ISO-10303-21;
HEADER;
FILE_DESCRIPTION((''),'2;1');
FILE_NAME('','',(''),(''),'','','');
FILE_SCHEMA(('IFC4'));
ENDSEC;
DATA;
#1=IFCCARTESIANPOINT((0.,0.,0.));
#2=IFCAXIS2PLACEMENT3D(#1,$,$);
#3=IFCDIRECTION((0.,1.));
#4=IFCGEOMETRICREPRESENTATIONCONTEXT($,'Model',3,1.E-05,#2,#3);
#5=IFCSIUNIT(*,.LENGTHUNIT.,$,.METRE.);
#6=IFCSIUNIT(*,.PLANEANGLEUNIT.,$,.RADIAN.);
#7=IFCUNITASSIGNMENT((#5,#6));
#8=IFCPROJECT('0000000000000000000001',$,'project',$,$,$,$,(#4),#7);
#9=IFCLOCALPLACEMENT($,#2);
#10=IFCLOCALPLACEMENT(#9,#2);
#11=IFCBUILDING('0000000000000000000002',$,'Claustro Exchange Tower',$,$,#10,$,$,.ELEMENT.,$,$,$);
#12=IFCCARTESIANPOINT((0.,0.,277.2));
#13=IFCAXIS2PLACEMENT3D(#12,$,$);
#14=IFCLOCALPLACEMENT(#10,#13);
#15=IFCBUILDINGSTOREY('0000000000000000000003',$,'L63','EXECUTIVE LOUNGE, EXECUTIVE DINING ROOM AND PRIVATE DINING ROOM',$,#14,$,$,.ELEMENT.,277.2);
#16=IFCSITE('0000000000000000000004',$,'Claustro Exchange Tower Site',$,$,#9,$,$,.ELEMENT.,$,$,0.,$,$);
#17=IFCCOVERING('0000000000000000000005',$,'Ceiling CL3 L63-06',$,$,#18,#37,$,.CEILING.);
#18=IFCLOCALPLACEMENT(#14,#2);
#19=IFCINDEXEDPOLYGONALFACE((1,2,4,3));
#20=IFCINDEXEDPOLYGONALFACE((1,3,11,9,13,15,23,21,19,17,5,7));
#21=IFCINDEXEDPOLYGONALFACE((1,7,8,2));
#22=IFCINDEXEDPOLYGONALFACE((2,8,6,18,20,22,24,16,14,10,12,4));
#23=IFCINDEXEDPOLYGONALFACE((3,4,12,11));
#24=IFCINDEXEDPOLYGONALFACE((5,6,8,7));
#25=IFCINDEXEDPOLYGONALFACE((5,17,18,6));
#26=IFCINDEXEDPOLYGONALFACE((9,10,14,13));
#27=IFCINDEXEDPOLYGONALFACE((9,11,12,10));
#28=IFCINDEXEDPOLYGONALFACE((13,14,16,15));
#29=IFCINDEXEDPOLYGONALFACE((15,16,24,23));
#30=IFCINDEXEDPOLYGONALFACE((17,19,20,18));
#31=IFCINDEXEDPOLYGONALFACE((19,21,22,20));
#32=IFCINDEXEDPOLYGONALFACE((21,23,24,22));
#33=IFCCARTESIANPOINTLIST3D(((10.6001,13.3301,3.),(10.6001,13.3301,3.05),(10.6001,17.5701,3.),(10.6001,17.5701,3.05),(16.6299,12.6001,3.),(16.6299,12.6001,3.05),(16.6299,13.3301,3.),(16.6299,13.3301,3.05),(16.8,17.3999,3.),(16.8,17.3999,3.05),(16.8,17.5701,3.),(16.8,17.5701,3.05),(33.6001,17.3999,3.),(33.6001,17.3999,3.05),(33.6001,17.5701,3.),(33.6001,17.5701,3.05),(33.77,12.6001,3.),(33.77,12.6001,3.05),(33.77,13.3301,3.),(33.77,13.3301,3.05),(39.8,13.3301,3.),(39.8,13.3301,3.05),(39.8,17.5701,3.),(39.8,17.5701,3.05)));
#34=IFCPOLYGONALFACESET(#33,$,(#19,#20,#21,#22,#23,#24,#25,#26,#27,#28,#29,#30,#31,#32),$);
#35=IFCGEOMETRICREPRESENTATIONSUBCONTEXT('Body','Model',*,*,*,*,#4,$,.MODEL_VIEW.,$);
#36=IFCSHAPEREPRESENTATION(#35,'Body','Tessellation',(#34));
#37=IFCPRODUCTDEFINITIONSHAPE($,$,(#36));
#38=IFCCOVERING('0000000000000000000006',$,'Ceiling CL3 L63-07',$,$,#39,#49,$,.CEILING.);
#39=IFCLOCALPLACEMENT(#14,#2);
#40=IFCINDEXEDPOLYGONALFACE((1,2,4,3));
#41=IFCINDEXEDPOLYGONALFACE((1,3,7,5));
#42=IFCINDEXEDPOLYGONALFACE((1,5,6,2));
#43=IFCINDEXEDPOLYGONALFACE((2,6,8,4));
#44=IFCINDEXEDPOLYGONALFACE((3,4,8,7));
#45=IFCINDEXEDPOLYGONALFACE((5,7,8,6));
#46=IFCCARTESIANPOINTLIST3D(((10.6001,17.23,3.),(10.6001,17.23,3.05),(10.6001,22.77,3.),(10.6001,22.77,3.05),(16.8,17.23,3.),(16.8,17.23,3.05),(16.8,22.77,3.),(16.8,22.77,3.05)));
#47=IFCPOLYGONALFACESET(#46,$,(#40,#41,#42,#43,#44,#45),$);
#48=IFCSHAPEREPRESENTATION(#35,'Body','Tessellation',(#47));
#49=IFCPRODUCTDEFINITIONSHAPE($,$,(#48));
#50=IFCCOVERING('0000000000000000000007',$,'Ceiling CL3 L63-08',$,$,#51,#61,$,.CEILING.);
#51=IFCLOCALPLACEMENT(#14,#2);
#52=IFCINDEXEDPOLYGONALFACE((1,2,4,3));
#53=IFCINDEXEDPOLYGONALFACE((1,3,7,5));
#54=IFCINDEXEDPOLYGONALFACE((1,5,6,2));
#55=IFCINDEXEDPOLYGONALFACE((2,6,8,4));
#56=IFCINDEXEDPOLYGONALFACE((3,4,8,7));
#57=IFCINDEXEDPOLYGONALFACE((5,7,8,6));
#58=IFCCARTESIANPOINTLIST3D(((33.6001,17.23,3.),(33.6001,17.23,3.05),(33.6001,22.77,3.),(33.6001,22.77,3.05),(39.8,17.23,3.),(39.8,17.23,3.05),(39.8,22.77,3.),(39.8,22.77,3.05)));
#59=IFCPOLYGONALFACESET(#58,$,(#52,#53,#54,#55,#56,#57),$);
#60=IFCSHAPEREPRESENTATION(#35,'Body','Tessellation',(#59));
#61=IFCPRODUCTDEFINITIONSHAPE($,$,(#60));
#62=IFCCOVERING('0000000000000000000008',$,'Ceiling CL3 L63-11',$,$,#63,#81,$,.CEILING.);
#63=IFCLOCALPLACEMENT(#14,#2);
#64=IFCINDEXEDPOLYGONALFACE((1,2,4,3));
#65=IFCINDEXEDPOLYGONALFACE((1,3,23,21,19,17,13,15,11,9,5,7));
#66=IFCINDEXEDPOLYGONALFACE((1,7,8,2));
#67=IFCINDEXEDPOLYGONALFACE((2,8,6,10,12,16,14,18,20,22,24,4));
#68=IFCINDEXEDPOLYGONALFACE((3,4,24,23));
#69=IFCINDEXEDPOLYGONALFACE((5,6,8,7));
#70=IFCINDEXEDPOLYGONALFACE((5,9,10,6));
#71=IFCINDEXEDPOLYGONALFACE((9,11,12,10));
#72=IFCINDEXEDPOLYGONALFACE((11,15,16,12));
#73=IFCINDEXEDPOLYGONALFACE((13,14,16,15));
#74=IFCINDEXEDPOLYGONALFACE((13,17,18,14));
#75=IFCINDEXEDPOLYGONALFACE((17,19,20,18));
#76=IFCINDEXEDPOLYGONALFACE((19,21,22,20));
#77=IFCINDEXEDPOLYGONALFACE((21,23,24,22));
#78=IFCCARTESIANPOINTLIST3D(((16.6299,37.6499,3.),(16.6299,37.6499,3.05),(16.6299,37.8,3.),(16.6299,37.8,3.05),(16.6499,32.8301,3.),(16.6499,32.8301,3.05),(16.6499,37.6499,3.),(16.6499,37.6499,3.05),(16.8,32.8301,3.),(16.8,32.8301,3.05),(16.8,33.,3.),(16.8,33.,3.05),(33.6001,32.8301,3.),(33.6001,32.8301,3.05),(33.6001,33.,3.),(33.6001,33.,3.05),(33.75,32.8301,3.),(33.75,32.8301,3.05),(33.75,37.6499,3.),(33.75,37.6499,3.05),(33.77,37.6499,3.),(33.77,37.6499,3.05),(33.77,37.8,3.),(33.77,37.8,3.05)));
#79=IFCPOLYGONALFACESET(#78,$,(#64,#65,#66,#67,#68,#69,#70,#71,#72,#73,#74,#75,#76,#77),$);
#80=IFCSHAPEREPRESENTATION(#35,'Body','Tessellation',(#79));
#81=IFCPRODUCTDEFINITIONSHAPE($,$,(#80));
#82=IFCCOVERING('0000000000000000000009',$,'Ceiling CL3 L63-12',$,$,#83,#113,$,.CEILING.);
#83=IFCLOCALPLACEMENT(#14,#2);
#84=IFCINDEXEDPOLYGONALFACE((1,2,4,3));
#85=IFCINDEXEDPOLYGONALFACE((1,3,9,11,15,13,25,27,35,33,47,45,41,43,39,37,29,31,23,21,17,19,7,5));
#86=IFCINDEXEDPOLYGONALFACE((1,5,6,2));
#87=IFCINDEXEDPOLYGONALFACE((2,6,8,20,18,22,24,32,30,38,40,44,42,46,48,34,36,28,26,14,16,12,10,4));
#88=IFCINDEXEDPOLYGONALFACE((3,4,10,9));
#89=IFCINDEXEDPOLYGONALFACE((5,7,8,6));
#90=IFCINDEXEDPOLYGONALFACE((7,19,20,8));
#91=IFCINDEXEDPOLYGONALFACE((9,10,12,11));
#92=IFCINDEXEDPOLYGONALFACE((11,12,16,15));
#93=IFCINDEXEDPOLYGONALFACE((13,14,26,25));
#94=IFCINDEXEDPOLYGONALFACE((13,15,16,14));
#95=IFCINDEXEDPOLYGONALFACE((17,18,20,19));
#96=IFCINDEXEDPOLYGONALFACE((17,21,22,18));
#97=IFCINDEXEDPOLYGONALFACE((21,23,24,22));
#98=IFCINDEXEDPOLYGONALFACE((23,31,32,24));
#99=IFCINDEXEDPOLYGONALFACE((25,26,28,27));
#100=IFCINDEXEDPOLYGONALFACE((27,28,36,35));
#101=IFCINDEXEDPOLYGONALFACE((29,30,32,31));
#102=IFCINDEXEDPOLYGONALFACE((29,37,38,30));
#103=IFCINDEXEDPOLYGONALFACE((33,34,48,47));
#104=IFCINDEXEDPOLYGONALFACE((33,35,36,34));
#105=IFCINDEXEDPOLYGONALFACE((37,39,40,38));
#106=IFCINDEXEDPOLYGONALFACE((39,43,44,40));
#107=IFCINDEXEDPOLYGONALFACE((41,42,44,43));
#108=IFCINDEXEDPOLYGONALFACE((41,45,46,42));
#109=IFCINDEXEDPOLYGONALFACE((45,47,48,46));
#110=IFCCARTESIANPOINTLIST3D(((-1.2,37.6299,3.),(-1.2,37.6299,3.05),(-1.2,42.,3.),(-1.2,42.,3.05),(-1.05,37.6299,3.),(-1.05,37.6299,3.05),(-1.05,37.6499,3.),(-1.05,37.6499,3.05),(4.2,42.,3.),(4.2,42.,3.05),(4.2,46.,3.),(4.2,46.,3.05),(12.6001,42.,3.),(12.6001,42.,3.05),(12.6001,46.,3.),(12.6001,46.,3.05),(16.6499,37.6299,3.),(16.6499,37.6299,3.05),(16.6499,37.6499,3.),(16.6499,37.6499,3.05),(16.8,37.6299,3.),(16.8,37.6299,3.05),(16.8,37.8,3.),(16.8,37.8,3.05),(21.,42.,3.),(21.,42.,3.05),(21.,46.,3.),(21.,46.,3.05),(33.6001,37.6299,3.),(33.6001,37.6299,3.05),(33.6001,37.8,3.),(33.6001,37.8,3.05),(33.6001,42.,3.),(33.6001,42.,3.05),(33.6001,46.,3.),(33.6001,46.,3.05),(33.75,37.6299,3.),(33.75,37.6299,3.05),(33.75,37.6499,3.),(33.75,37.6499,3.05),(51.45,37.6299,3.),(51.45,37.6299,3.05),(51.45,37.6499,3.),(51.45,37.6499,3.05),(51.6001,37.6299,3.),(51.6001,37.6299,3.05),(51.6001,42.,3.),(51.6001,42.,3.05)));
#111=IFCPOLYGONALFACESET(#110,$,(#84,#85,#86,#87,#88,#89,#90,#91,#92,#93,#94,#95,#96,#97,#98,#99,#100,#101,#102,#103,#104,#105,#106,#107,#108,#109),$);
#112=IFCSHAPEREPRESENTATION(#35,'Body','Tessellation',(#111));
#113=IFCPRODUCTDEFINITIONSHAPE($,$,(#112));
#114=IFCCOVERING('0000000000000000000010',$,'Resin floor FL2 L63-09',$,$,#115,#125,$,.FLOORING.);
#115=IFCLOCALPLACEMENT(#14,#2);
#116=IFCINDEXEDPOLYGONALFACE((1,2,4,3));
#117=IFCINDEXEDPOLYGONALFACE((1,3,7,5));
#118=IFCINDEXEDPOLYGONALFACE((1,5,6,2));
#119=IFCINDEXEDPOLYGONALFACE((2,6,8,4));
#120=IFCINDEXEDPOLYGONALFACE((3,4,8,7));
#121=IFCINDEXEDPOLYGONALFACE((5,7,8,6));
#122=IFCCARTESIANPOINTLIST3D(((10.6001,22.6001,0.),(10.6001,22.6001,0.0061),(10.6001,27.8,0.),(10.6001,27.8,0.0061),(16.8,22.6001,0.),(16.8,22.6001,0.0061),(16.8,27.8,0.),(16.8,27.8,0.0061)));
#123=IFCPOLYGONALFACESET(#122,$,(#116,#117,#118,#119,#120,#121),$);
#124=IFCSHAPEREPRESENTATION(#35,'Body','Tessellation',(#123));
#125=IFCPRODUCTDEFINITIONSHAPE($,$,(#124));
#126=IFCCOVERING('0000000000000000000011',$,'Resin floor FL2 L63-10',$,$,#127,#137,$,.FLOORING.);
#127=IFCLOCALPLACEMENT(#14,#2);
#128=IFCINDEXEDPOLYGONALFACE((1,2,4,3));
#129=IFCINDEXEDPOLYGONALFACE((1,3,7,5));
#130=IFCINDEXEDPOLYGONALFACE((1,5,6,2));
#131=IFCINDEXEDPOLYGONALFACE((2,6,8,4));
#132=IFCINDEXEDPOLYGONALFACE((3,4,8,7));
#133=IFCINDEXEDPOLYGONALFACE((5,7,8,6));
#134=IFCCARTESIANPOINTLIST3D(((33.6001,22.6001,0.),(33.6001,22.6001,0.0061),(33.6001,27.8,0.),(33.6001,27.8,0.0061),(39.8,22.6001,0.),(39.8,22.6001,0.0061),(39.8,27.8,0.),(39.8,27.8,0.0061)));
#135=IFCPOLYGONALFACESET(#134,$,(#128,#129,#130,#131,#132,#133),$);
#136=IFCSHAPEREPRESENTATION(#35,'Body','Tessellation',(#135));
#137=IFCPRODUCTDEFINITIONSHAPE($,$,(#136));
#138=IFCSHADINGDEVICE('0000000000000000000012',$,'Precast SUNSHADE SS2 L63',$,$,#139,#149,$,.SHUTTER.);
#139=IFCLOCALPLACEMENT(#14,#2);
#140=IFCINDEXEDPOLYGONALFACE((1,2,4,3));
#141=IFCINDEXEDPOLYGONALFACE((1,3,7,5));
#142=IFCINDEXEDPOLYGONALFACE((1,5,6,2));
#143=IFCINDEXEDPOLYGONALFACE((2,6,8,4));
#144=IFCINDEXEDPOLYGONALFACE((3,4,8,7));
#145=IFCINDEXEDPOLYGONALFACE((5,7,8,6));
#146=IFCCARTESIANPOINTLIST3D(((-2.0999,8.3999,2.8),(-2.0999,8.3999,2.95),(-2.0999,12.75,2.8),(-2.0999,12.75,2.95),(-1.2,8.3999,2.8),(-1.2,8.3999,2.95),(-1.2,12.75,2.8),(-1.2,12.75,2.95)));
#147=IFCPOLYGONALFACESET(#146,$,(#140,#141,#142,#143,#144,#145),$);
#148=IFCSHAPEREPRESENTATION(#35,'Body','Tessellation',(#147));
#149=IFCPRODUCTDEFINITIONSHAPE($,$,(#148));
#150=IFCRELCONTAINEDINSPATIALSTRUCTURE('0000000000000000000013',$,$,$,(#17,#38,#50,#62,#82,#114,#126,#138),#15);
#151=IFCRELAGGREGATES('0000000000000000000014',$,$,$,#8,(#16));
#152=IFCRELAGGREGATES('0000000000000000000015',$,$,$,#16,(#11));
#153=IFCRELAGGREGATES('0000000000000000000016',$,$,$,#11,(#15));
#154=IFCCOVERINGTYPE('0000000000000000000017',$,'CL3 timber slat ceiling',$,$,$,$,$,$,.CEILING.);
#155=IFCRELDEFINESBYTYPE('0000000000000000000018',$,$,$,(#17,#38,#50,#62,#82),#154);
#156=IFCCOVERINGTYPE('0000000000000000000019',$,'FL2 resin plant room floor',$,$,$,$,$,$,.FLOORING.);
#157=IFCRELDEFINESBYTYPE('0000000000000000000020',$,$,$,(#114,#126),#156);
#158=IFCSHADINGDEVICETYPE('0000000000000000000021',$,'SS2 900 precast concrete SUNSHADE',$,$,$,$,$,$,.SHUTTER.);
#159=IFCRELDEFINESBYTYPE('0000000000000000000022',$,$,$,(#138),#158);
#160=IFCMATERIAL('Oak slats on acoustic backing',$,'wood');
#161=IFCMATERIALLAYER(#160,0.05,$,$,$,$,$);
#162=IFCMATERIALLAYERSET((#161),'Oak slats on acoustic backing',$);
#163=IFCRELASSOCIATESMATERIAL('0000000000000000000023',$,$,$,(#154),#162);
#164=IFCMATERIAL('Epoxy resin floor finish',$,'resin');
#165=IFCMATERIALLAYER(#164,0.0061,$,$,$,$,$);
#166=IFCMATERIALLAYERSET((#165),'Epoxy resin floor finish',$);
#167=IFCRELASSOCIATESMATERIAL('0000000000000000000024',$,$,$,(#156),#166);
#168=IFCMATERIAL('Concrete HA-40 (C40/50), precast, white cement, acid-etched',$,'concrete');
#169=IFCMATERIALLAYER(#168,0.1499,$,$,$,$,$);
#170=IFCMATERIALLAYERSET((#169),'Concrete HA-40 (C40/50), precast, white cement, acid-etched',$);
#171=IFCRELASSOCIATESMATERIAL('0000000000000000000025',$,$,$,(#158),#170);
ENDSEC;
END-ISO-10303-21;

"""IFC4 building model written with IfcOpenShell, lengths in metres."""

from ifc_helpers import new_model, si_unit, direction, frame, origin, origin_2d, place, context, subcontext, project, spatial, polyline, rectangle, outline, extrude, material, layer, layer_set, type_object, element, save


model = new_model("IFC4")

# Units and contexts
model_context = context("Model", 3, precision=1e-05, world=origin(), true_north=direction((0.0, 1.0)))
body_context = subcontext(model_context, "Body", "Model", "MODEL_VIEW")
ifc_project = project(units=[si_unit("LENGTHUNIT", "METRE"), si_unit("PLANEANGLEUNIT", "RADIAN")], contexts=[model_context])

# Site, building, storey
site_placement = place(None, origin())
site = spatial("IfcSite", under=ifc_project, at=site_placement, Name="Claustro Exchange Tower Site", CompositionType="ELEMENT", RefElevation=0.0)
building_placement = place(site_placement, origin())
building = spatial("IfcBuilding", under=site, at=building_placement, Name="Claustro Exchange Tower", CompositionType="ELEMENT")
storey_placement = place(building_placement, frame((0.0, 0.0, 277.2)))
storey = spatial("IfcBuildingStorey", under=building, at=storey_placement, Name="L63", Description="EXECUTIVE LOUNGE, EXECUTIVE DINING ROOM AND PRIVATE DINING ROOM", CompositionType="ELEMENT", Elevation=277.2)

# Coverings
ifc_material_1 = material(Name="Oak slats on acoustic backing", Category="wood")
ifc_layer_1 = layer(ifc_material_1, 0.05)
ifc_layer_set_1 = layer_set([ifc_layer_1], Name="Oak slats on acoustic backing")
covering_type_1 = type_object("IfcCoveringType", Name="CL3 timber slat ceiling", PredefinedType="CEILING", material=ifc_layer_set_1)
covering_1_placement = place(storey_placement, frame((0.0, 0.0, 3.0)))
element("IfcCovering", 1, at=covering_1_placement, inside=storey, type_object=covering_type_1, Name="Ceiling CL3 L63-06", PredefinedType="CEILING", context=body_context, shape_type="SweptSolid", body=[
    extrude(outline(polyline([(33.6001, 17.3999), (16.8, 17.3999), (16.8, 17.5701), (10.6001, 17.5701), (10.6001, 13.3301), (16.6299, 13.3301), (16.6299, 12.6001), (33.77, 12.6001), (33.77, 13.3301), (39.8, 13.3301), (39.8, 17.5701), (33.6001, 17.5701), (33.6001, 17.3999)])), origin(), (0.0, 0.0, 1.0), 0.05),
])
covering_2_placement = place(storey_placement, frame((0.0, 0.0, 3.0)))
element("IfcCovering", 2, at=covering_2_placement, inside=storey, type_object=covering_type_1, Name="Ceiling CL3 L63-07", PredefinedType="CEILING", context=body_context, shape_type="SweptSolid", body=[
    extrude(outline(polyline([(10.6001, 22.77), (10.6001, 17.23), (16.8, 17.23), (16.8, 22.77), (10.6001, 22.77)])), origin(), (0.0, 0.0, 1.0), 0.05),
])
covering_3_placement = place(storey_placement, frame((0.0, 0.0, 3.0)))
element("IfcCovering", 3, at=covering_3_placement, inside=storey, type_object=covering_type_1, Name="Ceiling CL3 L63-08", PredefinedType="CEILING", context=body_context, shape_type="SweptSolid", body=[
    extrude(outline(polyline([(33.6001, 22.77), (33.6001, 17.23), (39.8, 17.23), (39.8, 22.77), (33.6001, 22.77)])), origin(), (0.0, 0.0, 1.0), 0.05),
])
covering_4_placement = place(storey_placement, frame((0.0, 0.0, 3.0)))
element("IfcCovering", 4, at=covering_4_placement, inside=storey, type_object=covering_type_1, Name="Ceiling CL3 L63-11", PredefinedType="CEILING", context=body_context, shape_type="SweptSolid", body=[
    extrude(outline(polyline([(16.6499, 37.6499), (16.6499, 32.8301), (16.8, 32.8301), (16.8, 33.0), (33.6001, 33.0), (33.6001, 32.8301), (33.75, 32.8301), (33.75, 37.6499), (33.77, 37.6499), (33.77, 37.8), (16.6299, 37.8), (16.6299, 37.6499), (16.6499, 37.6499)])), origin(), (0.0, 0.0, 1.0), 0.05),
])
covering_5_placement = place(storey_placement, frame((0.0, 0.0, 3.0)))
element("IfcCovering", 5, at=covering_5_placement, inside=storey, type_object=covering_type_1, Name="Ceiling CL3 L63-12", PredefinedType="CEILING", context=body_context, shape_type="SweptSolid", body=[
    extrude(outline(polyline([(16.6499, 37.6499), (16.6499, 37.6299), (16.8, 37.6299), (16.8, 37.8), (33.6001, 37.8), (33.6001, 37.6299), (33.75, 37.6299), (33.75, 37.6499), (51.45, 37.6499), (51.45, 37.6299), (51.6001, 37.6299), (51.6001, 42.0), (33.6001, 42.0), (33.6001, 46.0), (21.0, 46.0), (21.0, 42.0), (12.6001, 42.0), (12.6001, 46.0), (4.2, 46.0), (4.2, 42.0), (-1.2, 42.0), (-1.2, 37.6299), (-1.05, 37.6299), (-1.05, 37.6499), (16.6499, 37.6499)])), origin(), (0.0, 0.0, 1.0), 0.05),
])
ifc_material_2 = material(Name="Epoxy resin floor finish", Category="resin")
ifc_layer_2 = layer(ifc_material_2, 0.0061)
ifc_layer_set_2 = layer_set([ifc_layer_2], Name="Epoxy resin floor finish")
covering_type_2 = type_object("IfcCoveringType", Name="FL2 resin plant room floor", PredefinedType="FLOORING", material=ifc_layer_set_2)
covering_6_placement = place(storey_placement, origin())
element("IfcCovering", 6, at=covering_6_placement, inside=storey, type_object=covering_type_2, Name="Resin floor FL2 L63-09", PredefinedType="FLOORING", context=body_context, shape_type="SweptSolid", body=[
    extrude(outline(polyline([(16.8, 22.6001), (16.8, 27.8), (10.6001, 27.8), (10.6001, 22.6001), (16.8, 22.6001)])), origin(), (0.0, 0.0, 1.0), 0.0061),
])
covering_7_placement = place(storey_placement, origin())
element("IfcCovering", 7, at=covering_7_placement, inside=storey, type_object=covering_type_2, Name="Resin floor FL2 L63-10", PredefinedType="FLOORING", context=body_context, shape_type="SweptSolid", body=[
    extrude(outline(polyline([(39.8, 22.6001), (39.8, 27.8), (33.6001, 27.8), (33.6001, 22.6001), (39.8, 22.6001)])), origin(), (0.0, 0.0, 1.0), 0.0061),
])

# Shading device
ifc_material_3 = material(Name="Concrete HA-40 (C40/50), precast, white cement, acid-etched", Category="concrete")
ifc_layer_3 = layer(ifc_material_3, 0.1499)
ifc_layer_set_3 = layer_set([ifc_layer_3], Name="Concrete HA-40 (C40/50), precast, white cement, acid-etched")
shading_device_type = type_object("IfcShadingDeviceType", Name="SS2 900 precast concrete SUNSHADE", PredefinedType="SHUTTER", material=ifc_layer_set_3)
shading_device_placement = place(storey_placement, frame((-1.6499, 10.575, 2.8), z_axis=(0.0, 0.0, 1.0), x_axis=(0.0, 1.0, 0.0)))
element("IfcShadingDevice", 8, at=shading_device_placement, inside=storey, type_object=shading_device_type, Name="Precast SUNSHADE SS2 L63", PredefinedType="SHUTTER", context=body_context, shape_type="SweptSolid", body=[
    extrude(rectangle(XDim=4.3501, YDim=0.8999, at=origin_2d()), origin(), (0.0, 0.0, 1.0), 0.1499),
])

save(model, "model.ifc")
